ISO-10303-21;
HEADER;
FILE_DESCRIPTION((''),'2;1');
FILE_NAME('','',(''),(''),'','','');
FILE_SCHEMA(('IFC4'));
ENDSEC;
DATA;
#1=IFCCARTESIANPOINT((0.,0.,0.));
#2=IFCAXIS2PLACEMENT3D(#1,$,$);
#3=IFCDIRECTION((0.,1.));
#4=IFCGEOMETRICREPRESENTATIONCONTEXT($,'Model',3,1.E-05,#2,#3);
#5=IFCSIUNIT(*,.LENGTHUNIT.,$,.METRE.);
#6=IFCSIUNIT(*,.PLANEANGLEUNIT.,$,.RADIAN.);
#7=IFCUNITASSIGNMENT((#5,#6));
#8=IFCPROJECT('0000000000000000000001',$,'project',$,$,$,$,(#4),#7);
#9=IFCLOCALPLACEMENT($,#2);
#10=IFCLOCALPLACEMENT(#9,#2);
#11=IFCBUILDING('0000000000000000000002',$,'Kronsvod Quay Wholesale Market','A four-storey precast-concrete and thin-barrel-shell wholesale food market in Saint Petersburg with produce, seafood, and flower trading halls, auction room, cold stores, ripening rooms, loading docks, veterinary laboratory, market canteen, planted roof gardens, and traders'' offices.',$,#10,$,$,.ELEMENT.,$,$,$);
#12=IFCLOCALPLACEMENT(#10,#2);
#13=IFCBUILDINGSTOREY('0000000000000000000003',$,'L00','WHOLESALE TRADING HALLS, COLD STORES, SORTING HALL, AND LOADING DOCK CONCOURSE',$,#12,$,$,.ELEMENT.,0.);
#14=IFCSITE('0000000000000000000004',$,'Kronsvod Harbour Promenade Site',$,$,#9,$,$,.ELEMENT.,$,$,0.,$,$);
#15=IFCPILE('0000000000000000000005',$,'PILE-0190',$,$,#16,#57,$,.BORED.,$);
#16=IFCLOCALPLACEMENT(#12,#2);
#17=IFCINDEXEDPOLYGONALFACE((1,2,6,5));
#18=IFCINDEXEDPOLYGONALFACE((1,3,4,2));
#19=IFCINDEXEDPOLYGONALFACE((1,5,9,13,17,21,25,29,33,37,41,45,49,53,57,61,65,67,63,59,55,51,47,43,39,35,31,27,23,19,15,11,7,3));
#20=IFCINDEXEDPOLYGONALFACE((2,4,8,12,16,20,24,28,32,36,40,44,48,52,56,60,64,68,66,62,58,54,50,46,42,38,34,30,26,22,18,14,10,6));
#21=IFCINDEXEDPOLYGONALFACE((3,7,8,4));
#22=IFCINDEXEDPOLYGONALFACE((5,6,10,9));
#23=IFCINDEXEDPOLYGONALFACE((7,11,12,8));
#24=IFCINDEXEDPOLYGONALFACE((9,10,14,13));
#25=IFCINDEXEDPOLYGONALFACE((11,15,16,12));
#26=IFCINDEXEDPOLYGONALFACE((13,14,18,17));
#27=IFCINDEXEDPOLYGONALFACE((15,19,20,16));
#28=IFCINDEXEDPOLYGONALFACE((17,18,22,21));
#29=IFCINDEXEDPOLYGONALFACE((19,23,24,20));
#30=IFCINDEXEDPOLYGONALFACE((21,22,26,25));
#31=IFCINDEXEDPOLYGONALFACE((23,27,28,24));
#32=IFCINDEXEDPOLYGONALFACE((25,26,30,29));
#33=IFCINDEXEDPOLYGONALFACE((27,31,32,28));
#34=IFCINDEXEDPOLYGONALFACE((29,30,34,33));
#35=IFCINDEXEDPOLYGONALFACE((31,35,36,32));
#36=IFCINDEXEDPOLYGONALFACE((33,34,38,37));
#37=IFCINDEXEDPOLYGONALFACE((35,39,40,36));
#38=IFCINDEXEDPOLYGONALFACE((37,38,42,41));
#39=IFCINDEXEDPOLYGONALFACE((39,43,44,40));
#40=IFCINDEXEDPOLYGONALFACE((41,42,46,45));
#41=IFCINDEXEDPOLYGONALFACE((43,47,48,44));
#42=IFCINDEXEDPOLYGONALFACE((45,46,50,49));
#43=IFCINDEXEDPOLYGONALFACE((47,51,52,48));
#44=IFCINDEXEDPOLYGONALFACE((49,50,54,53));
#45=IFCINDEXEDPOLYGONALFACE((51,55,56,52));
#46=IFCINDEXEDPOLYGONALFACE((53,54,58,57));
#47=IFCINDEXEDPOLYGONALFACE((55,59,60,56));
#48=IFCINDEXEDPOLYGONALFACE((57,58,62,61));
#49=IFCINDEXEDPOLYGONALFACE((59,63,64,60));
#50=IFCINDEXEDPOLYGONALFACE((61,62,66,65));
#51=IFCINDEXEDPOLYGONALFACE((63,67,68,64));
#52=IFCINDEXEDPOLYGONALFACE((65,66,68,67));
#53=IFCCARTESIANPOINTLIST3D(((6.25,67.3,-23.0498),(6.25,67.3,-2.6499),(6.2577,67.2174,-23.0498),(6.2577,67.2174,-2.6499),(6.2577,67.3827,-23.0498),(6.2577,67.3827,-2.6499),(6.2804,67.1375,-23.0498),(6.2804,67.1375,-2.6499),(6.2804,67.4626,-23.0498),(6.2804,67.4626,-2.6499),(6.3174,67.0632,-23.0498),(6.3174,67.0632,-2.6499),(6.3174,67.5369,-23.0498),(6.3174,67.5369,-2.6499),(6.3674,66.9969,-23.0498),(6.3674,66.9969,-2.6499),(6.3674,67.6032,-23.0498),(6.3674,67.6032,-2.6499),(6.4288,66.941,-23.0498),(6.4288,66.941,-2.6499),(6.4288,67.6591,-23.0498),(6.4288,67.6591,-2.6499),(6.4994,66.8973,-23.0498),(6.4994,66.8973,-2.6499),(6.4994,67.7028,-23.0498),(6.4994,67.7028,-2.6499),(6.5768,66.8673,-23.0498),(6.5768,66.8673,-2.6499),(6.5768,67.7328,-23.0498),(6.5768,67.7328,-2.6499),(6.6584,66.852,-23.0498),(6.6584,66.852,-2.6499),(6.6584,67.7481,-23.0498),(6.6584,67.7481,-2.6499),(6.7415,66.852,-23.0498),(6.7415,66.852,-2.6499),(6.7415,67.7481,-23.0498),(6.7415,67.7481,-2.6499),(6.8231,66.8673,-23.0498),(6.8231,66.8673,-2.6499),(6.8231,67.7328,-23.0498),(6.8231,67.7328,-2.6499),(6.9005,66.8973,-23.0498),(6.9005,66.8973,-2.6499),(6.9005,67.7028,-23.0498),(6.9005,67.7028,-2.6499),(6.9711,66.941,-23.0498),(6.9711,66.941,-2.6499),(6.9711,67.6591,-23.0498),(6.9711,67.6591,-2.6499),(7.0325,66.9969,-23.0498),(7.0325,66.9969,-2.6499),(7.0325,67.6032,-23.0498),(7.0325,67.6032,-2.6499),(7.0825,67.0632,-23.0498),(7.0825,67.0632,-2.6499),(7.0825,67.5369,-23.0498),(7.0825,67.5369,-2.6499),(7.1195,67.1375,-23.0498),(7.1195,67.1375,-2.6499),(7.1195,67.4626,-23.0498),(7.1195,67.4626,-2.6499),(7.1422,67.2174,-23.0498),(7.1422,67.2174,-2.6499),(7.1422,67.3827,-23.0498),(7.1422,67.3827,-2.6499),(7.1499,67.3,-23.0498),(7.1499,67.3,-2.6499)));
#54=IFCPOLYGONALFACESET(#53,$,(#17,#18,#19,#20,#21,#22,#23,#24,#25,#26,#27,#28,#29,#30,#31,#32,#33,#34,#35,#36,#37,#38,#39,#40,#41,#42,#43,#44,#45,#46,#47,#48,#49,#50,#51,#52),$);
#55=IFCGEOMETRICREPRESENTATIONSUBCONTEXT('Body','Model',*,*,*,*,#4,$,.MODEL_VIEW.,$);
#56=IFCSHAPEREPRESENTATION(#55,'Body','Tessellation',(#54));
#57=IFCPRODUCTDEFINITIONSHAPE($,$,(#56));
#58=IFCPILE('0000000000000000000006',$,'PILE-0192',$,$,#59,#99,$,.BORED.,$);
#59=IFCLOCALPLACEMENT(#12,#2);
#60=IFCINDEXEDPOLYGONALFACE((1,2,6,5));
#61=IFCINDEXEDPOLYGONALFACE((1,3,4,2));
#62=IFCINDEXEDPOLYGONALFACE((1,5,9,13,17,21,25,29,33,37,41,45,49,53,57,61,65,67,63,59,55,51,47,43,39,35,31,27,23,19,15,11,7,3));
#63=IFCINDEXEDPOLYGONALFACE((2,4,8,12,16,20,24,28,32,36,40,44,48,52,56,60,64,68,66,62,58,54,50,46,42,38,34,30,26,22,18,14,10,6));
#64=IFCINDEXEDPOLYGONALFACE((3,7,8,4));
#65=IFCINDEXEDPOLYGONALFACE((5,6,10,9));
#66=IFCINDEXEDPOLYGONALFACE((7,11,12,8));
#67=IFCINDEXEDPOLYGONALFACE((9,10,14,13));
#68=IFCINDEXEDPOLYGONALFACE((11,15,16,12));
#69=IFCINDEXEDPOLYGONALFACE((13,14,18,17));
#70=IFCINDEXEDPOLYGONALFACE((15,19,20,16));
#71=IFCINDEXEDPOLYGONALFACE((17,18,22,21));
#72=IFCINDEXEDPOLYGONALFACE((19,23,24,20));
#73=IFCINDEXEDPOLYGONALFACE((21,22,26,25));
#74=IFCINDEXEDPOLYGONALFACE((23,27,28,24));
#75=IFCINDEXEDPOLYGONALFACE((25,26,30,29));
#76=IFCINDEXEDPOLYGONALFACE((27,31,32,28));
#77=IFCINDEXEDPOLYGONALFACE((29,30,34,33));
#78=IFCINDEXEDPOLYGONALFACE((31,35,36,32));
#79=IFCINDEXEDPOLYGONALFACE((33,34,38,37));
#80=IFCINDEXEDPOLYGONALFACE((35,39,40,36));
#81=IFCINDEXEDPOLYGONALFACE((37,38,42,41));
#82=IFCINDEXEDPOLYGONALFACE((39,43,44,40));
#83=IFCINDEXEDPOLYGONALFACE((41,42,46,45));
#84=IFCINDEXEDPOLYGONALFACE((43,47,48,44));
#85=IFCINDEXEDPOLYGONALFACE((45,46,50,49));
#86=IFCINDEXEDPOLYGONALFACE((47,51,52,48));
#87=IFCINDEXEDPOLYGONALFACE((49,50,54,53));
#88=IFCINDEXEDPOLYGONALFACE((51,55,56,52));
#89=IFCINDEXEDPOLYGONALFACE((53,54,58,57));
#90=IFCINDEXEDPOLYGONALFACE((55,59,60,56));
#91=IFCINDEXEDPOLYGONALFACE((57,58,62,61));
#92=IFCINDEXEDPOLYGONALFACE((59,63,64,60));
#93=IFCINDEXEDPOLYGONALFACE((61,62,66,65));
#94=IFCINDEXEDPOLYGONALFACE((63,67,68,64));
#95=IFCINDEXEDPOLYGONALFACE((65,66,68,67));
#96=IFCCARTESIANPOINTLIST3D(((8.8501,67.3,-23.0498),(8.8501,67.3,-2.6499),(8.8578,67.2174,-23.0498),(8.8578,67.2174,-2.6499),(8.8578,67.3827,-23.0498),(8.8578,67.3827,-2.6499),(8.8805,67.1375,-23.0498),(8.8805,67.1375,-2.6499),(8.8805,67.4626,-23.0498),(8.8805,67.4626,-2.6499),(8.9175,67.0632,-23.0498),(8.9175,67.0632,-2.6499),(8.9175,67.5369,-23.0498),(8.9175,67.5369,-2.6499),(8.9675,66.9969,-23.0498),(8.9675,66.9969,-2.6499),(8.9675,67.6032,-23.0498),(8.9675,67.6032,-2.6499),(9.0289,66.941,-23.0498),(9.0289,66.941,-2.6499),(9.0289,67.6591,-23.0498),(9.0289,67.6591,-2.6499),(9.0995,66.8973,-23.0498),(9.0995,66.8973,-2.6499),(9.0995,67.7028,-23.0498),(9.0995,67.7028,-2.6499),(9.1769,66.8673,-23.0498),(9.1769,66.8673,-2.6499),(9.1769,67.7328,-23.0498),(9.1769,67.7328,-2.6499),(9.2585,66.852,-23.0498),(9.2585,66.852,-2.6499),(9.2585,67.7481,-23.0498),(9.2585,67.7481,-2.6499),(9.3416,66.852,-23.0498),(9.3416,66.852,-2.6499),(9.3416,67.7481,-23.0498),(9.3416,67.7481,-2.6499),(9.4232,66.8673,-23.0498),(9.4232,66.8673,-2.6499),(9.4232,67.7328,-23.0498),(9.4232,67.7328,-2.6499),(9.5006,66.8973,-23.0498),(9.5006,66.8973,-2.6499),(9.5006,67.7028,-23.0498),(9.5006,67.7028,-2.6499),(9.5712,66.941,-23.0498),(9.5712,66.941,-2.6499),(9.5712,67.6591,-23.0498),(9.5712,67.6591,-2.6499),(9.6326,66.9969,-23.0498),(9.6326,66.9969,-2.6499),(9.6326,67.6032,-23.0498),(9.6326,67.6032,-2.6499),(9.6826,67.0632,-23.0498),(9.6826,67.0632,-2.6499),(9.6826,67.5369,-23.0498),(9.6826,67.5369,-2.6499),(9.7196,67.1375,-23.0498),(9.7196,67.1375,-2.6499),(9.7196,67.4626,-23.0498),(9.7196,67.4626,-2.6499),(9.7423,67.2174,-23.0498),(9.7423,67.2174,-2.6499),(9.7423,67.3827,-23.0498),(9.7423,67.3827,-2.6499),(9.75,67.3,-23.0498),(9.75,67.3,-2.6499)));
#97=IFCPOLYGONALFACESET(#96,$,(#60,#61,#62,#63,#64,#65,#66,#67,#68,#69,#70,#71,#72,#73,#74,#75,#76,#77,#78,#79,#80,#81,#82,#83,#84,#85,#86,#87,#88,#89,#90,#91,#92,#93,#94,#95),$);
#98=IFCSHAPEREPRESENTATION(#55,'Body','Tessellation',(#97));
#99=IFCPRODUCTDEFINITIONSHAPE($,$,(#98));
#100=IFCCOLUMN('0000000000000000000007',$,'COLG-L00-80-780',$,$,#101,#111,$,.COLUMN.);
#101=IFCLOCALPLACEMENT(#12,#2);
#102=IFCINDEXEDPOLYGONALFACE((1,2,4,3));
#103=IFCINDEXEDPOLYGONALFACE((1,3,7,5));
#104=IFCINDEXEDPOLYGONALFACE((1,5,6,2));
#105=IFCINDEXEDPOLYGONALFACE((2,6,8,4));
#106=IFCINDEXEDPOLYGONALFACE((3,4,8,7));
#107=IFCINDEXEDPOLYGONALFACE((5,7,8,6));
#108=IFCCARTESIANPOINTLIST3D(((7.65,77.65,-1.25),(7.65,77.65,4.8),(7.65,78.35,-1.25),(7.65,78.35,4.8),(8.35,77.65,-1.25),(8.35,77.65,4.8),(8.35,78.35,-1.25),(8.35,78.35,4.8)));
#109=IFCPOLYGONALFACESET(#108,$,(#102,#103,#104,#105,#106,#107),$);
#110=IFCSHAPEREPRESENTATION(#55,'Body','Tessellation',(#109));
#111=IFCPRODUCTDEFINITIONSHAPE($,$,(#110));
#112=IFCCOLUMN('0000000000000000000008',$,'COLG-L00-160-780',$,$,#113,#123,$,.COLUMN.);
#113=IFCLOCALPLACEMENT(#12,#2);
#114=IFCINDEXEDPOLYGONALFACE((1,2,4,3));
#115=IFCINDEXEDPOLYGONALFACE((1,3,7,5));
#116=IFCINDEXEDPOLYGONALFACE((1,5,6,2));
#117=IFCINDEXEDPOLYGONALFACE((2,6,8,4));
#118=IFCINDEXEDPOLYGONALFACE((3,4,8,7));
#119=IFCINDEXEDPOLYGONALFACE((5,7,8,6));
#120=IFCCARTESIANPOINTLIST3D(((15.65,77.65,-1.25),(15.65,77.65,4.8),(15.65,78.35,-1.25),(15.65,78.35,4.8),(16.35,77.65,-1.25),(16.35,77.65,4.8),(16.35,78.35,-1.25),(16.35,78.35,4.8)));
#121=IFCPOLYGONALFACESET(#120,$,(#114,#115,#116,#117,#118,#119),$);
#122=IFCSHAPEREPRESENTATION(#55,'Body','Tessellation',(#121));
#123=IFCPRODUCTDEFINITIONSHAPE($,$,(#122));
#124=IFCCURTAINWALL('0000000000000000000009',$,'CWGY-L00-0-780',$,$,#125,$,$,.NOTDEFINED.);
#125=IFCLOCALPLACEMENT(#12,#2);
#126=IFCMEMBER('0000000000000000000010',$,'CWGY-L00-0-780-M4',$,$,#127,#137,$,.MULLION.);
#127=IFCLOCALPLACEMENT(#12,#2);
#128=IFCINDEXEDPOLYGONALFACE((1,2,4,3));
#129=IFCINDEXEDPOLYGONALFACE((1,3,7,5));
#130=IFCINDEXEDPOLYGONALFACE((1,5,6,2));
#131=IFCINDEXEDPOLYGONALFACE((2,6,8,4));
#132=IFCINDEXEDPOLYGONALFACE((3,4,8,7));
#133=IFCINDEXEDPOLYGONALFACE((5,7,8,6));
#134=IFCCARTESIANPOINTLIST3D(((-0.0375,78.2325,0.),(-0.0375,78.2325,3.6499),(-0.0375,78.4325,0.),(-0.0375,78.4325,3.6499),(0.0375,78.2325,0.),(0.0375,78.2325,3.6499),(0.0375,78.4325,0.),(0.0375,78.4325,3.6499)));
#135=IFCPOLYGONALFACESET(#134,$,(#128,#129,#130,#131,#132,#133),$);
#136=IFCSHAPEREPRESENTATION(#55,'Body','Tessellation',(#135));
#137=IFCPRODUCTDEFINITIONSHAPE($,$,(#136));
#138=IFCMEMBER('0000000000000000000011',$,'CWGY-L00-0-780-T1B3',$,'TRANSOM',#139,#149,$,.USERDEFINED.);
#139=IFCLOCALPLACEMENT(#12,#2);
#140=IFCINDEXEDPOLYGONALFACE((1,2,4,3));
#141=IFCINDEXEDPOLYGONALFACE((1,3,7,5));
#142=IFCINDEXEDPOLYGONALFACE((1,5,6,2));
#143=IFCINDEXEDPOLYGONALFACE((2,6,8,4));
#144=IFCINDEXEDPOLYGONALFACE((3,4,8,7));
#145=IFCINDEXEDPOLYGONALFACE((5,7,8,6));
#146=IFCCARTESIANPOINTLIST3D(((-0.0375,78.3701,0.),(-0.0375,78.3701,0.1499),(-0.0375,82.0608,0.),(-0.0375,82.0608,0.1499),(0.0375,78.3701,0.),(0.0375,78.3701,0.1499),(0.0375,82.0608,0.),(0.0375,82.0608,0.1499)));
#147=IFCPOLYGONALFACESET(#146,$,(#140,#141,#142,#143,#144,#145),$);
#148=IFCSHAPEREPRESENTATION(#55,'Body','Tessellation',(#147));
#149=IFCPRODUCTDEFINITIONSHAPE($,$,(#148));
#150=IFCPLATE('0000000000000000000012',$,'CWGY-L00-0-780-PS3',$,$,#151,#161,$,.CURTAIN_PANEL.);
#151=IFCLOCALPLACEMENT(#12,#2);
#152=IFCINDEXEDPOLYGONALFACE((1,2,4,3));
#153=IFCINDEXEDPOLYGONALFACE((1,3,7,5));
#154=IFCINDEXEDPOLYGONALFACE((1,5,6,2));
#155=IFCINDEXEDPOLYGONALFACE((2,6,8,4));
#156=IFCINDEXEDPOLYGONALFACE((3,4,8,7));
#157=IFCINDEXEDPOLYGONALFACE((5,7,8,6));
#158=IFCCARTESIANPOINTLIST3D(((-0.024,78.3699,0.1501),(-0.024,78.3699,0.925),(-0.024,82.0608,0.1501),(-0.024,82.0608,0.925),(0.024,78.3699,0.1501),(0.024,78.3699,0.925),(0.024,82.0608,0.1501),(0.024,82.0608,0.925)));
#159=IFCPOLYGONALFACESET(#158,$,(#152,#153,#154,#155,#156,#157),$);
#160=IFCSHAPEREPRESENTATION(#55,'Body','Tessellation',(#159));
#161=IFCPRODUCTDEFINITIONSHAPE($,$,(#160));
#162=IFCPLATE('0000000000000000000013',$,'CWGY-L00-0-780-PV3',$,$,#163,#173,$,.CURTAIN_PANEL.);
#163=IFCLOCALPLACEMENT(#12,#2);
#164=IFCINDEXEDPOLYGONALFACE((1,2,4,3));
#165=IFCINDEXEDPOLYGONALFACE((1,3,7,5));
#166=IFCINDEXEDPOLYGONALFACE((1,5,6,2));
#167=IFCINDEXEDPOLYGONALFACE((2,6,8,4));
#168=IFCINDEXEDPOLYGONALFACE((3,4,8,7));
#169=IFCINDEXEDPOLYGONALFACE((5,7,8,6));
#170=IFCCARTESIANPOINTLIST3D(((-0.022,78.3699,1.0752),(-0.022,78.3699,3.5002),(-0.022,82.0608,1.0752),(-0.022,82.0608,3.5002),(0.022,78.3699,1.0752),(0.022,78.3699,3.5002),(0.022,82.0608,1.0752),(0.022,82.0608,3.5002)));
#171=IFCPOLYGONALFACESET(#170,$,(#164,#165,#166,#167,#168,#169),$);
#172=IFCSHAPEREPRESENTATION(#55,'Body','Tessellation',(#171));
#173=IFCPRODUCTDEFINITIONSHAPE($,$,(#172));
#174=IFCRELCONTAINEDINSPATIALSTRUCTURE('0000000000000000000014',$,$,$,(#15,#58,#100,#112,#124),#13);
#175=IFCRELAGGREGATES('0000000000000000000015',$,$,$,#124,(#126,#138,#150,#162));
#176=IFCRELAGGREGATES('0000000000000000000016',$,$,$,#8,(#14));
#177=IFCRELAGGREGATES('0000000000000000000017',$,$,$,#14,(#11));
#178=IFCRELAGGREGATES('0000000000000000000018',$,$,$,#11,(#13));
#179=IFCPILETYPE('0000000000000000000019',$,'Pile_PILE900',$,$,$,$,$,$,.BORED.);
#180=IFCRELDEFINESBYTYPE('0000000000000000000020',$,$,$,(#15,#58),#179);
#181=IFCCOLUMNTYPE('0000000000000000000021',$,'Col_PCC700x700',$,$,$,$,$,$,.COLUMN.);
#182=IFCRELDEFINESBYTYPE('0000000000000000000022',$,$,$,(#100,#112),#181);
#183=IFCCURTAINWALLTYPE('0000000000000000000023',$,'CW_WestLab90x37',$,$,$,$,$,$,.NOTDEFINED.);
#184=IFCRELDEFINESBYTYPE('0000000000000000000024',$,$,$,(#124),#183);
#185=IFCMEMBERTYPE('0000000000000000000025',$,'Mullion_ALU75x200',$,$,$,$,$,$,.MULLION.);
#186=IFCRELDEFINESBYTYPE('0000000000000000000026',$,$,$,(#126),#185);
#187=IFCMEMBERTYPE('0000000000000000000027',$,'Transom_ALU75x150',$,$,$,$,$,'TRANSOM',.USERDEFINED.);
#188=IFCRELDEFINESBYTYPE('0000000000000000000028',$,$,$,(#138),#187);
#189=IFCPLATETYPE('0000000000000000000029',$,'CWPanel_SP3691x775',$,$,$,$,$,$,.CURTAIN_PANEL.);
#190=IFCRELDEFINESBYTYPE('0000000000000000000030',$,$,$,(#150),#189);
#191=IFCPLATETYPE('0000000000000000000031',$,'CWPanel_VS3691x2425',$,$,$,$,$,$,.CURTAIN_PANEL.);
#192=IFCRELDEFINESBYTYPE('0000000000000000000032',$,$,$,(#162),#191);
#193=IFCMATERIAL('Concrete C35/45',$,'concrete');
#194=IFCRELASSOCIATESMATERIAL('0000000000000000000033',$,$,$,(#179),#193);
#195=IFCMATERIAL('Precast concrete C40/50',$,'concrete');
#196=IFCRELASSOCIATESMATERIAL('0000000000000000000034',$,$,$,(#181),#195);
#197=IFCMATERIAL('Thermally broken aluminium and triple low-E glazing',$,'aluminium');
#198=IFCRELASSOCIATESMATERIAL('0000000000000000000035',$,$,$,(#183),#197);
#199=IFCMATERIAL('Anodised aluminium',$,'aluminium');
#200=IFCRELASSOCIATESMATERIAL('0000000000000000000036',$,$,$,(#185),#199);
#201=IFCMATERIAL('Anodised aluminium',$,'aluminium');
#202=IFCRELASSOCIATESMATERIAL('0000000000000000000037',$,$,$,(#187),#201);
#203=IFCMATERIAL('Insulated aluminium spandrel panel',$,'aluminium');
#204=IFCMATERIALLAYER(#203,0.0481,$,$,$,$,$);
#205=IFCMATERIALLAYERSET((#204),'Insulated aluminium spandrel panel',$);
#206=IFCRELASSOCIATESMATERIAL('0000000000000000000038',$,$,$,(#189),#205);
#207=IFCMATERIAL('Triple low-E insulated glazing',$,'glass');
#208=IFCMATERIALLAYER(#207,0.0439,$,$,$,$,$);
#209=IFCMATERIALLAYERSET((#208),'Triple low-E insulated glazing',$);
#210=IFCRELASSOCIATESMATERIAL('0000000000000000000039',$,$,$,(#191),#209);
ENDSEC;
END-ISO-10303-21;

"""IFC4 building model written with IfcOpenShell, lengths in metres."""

from ifc_helpers import new_model, si_unit, direction, frame, origin, origin_2d, place, context, subcontext, project, spatial, rectangle, circle, extrude, material, layer, layer_set, material_profile, profile_set, type_object, element, aggregate, save


model = new_model("IFC4")

# Units and contexts
model_context = context("Model", 3, precision=1e-05, world=origin(), true_north=direction((0.0, 1.0)))
body_context = subcontext(model_context, "Body", "Model", "MODEL_VIEW")
ifc_project = project(units=[si_unit("LENGTHUNIT", "METRE"), si_unit("PLANEANGLEUNIT", "RADIAN")], contexts=[model_context])

# Site, building, storey
site_placement = place(None, origin())
site = spatial("IfcSite", under=ifc_project, at=site_placement, Name="Kronsvod Harbour Promenade Site", CompositionType="ELEMENT", RefElevation=0.0)
building_placement = place(site_placement, origin())
building = spatial("IfcBuilding", under=site, at=building_placement, Name="Kronsvod Quay Wholesale Market", Description="A four-storey precast-concrete and thin-barrel-shell wholesale food market in Saint Petersburg with produce, seafood, and flower trading halls, auction room, cold stores, ripening rooms, loading docks, veterinary laboratory, market canteen, planted roof gardens, and traders' offices.", CompositionType="ELEMENT")
storey_placement = place(building_placement, origin())
storey = spatial("IfcBuildingStorey", under=building, at=storey_placement, Name="L00", Description="WHOLESALE TRADING HALLS, COLD STORES, SORTING HALL, AND LOADING DOCK CONCOURSE", CompositionType="ELEMENT", Elevation=0.0)

# Piles
ifc_material_1 = material(Name="Concrete C35/45", Category="concrete")
ifc_material_profile_1 = material_profile(ifc_material_1, circle(Radius=0.45, at=origin_2d()), Name="PILE900")
ifc_profile_set_1 = profile_set([ifc_material_profile_1], Name="Concrete C35/45")
pile_type_1 = type_object("IfcPileType", Name="Pile_PILE900", PredefinedType="BORED", material=ifc_profile_set_1)
for number, where, z_axis, x_axis, name in (
    (1, (6.7, 67.3, -2.6499), (0.0, 0.0, -1.0), (1.0, 0.0, 0.0), "PILE-0190"),
    (2, (9.3, 67.3, -2.6499), (0.0, 0.0, -1.0), (1.0, 0.0, 0.0), "PILE-0192"),
):
    element("IfcPile", number, at=place(storey_placement, frame(where, z_axis=z_axis, x_axis=x_axis)), inside=storey, type_object=pile_type_1, Name=name, PredefinedType="BORED", context=body_context, shape_type="SweptSolid", body=[
        extrude(circle(Radius=0.45, at=origin_2d()), origin(), (0.0, 0.0, 1.0), 20.3999),
    ])

# Columns
ifc_material_2 = material(Name="Precast concrete C40/50", Category="concrete")
ifc_material_profile_2 = material_profile(ifc_material_2, rectangle(XDim=0.7, YDim=0.7, at=origin_2d()), Name="PCC700x700")
ifc_profile_set_2 = profile_set([ifc_material_profile_2], Name="Precast concrete C40/50")
column_type = type_object("IfcColumnType", Name="Col_PCC700x700", PredefinedType="COLUMN", material=ifc_profile_set_2)
for number, where, z_axis, x_axis, name in (
    (3, (8.0, 78.0, -1.25), (0.0, 0.0, 1.0), (1.0, 0.0, 0.0), "COLG-L00-80-780"),
    (4, (16.0, 78.0, -1.25), (0.0, 0.0, 1.0), (1.0, 0.0, 0.0), "COLG-L00-160-780"),
):
    element("IfcColumn", number, at=place(storey_placement, frame(where, z_axis=z_axis, x_axis=x_axis)), inside=storey, type_object=column_type, Name=name, PredefinedType="COLUMN", context=body_context, shape_type="SweptSolid", body=[
        extrude(rectangle(XDim=0.7, YDim=0.7, at=origin_2d()), origin(), (0.0, 0.0, 1.0), 6.05),
    ])

# Curtain wall, members, plates
ifc_material_3 = material(Name="Thermally broken aluminium and triple low-E glazing", Category="aluminium")
curtain_wall_type = type_object("IfcCurtainWallType", Name="CW_WestLab90x37", PredefinedType="NOTDEFINED", material=ifc_material_3)
curtain_wall_placement = place(storey_placement, origin())
curtain_wall = element("IfcCurtainWall", 5, at=curtain_wall_placement, inside=storey, type_object=curtain_wall_type, Name="CWGY-L00-0-780", PredefinedType="NOTDEFINED")
ifc_material_4 = material(Name="Anodised aluminium", Category="aluminium")
ifc_material_profile_3 = material_profile(ifc_material_4, rectangle(XDim=0.075, YDim=0.2, at=origin_2d()), Name="ALUM75x200")
ifc_profile_set_3 = profile_set([ifc_material_profile_3], Name="Anodised aluminium")
member_type_1 = type_object("IfcMemberType", Name="Mullion_ALU75x200", PredefinedType="MULLION", material=ifc_profile_set_3)
member_1_placement = place(storey_placement, frame((0.0, 78.3325, 0.0), z_axis=(0.0, 0.0, 1.0), x_axis=(1.0, 0.0, 0.0)))
member_1 = element("IfcMember", 6, at=member_1_placement, type_object=member_type_1, Name="CWGY-L00-0-780-M4", PredefinedType="MULLION", context=body_context, shape_type="SweptSolid", body=[
    extrude(rectangle(XDim=0.075, YDim=0.2, at=origin_2d()), origin(), (0.0, 0.0, 1.0), 3.6499),
])
ifc_material_5 = material(Name="Anodised aluminium", Category="aluminium")
ifc_material_profile_4 = material_profile(ifc_material_5, rectangle(XDim=0.075, YDim=0.1499, at=origin_2d()), Name="ALUT75x150")
ifc_profile_set_4 = profile_set([ifc_material_profile_4], Name="Anodised aluminium")
member_type_2 = type_object("IfcMemberType", Name="Transom_ALU75x150", ElementType="TRANSOM", PredefinedType="USERDEFINED", material=ifc_profile_set_4)
member_2_placement = place(storey_placement, frame((0.0, 82.0608, 0.075), z_axis=(0.0, -1.0, 0.0), x_axis=(1.0, 0.0, 0.0)))
member_2 = element("IfcMember", 7, at=member_2_placement, type_object=member_type_2, Name="CWGY-L00-0-780-T1B3", ObjectType="TRANSOM", PredefinedType="USERDEFINED", context=body_context, shape_type="SweptSolid", body=[
    extrude(rectangle(XDim=0.075, YDim=0.1499, at=origin_2d()), origin(), (0.0, 0.0, 1.0), 3.6907),
])
ifc_material_6 = material(Name="Insulated aluminium spandrel panel", Category="aluminium")
ifc_layer_1 = layer(ifc_material_6, 0.0481)
ifc_layer_set_1 = layer_set([ifc_layer_1], Name="Insulated aluminium spandrel panel")
plate_type_1 = type_object("IfcPlateType", Name="CWPanel_SP3691x775", PredefinedType="CURTAIN_PANEL", material=ifc_layer_set_1)
plate_1_placement = place(storey_placement, frame((0.0, 80.2153, 0.1501), z_axis=(0.0, 0.0, 1.0), x_axis=(0.0, -1.0, 0.0)))
plate_1 = element("IfcPlate", 8, at=plate_1_placement, type_object=plate_type_1, Name="CWGY-L00-0-780-PS3", PredefinedType="CURTAIN_PANEL", context=body_context, shape_type="SweptSolid", body=[
    extrude(rectangle(XDim=3.6909, YDim=0.0481, at=origin_2d()), origin(), (0.0, 0.0, 1.0), 0.7749),
])
ifc_material_7 = material(Name="Triple low-E insulated glazing", Category="glass")
ifc_layer_2 = layer(ifc_material_7, 0.0439)
ifc_layer_set_2 = layer_set([ifc_layer_2], Name="Triple low-E insulated glazing")
plate_type_2 = type_object("IfcPlateType", Name="CWPanel_VS3691x2425", PredefinedType="CURTAIN_PANEL", material=ifc_layer_set_2)
plate_2_placement = place(storey_placement, frame((0.0, 80.2153, 1.0752), z_axis=(0.0, 0.0, 1.0), x_axis=(0.0, -1.0, 0.0)))
plate_2 = element("IfcPlate", 9, at=plate_2_placement, type_object=plate_type_2, Name="CWGY-L00-0-780-PV3", PredefinedType="CURTAIN_PANEL", context=body_context, shape_type="SweptSolid", body=[
    extrude(rectangle(XDim=3.6909, YDim=0.0439, at=origin_2d()), origin(), (0.0, 0.0, 1.0), 2.425),
])
aggregate(curtain_wall, [member_1, member_2, plate_1, plate_2])

save(model, "model.ifc")
